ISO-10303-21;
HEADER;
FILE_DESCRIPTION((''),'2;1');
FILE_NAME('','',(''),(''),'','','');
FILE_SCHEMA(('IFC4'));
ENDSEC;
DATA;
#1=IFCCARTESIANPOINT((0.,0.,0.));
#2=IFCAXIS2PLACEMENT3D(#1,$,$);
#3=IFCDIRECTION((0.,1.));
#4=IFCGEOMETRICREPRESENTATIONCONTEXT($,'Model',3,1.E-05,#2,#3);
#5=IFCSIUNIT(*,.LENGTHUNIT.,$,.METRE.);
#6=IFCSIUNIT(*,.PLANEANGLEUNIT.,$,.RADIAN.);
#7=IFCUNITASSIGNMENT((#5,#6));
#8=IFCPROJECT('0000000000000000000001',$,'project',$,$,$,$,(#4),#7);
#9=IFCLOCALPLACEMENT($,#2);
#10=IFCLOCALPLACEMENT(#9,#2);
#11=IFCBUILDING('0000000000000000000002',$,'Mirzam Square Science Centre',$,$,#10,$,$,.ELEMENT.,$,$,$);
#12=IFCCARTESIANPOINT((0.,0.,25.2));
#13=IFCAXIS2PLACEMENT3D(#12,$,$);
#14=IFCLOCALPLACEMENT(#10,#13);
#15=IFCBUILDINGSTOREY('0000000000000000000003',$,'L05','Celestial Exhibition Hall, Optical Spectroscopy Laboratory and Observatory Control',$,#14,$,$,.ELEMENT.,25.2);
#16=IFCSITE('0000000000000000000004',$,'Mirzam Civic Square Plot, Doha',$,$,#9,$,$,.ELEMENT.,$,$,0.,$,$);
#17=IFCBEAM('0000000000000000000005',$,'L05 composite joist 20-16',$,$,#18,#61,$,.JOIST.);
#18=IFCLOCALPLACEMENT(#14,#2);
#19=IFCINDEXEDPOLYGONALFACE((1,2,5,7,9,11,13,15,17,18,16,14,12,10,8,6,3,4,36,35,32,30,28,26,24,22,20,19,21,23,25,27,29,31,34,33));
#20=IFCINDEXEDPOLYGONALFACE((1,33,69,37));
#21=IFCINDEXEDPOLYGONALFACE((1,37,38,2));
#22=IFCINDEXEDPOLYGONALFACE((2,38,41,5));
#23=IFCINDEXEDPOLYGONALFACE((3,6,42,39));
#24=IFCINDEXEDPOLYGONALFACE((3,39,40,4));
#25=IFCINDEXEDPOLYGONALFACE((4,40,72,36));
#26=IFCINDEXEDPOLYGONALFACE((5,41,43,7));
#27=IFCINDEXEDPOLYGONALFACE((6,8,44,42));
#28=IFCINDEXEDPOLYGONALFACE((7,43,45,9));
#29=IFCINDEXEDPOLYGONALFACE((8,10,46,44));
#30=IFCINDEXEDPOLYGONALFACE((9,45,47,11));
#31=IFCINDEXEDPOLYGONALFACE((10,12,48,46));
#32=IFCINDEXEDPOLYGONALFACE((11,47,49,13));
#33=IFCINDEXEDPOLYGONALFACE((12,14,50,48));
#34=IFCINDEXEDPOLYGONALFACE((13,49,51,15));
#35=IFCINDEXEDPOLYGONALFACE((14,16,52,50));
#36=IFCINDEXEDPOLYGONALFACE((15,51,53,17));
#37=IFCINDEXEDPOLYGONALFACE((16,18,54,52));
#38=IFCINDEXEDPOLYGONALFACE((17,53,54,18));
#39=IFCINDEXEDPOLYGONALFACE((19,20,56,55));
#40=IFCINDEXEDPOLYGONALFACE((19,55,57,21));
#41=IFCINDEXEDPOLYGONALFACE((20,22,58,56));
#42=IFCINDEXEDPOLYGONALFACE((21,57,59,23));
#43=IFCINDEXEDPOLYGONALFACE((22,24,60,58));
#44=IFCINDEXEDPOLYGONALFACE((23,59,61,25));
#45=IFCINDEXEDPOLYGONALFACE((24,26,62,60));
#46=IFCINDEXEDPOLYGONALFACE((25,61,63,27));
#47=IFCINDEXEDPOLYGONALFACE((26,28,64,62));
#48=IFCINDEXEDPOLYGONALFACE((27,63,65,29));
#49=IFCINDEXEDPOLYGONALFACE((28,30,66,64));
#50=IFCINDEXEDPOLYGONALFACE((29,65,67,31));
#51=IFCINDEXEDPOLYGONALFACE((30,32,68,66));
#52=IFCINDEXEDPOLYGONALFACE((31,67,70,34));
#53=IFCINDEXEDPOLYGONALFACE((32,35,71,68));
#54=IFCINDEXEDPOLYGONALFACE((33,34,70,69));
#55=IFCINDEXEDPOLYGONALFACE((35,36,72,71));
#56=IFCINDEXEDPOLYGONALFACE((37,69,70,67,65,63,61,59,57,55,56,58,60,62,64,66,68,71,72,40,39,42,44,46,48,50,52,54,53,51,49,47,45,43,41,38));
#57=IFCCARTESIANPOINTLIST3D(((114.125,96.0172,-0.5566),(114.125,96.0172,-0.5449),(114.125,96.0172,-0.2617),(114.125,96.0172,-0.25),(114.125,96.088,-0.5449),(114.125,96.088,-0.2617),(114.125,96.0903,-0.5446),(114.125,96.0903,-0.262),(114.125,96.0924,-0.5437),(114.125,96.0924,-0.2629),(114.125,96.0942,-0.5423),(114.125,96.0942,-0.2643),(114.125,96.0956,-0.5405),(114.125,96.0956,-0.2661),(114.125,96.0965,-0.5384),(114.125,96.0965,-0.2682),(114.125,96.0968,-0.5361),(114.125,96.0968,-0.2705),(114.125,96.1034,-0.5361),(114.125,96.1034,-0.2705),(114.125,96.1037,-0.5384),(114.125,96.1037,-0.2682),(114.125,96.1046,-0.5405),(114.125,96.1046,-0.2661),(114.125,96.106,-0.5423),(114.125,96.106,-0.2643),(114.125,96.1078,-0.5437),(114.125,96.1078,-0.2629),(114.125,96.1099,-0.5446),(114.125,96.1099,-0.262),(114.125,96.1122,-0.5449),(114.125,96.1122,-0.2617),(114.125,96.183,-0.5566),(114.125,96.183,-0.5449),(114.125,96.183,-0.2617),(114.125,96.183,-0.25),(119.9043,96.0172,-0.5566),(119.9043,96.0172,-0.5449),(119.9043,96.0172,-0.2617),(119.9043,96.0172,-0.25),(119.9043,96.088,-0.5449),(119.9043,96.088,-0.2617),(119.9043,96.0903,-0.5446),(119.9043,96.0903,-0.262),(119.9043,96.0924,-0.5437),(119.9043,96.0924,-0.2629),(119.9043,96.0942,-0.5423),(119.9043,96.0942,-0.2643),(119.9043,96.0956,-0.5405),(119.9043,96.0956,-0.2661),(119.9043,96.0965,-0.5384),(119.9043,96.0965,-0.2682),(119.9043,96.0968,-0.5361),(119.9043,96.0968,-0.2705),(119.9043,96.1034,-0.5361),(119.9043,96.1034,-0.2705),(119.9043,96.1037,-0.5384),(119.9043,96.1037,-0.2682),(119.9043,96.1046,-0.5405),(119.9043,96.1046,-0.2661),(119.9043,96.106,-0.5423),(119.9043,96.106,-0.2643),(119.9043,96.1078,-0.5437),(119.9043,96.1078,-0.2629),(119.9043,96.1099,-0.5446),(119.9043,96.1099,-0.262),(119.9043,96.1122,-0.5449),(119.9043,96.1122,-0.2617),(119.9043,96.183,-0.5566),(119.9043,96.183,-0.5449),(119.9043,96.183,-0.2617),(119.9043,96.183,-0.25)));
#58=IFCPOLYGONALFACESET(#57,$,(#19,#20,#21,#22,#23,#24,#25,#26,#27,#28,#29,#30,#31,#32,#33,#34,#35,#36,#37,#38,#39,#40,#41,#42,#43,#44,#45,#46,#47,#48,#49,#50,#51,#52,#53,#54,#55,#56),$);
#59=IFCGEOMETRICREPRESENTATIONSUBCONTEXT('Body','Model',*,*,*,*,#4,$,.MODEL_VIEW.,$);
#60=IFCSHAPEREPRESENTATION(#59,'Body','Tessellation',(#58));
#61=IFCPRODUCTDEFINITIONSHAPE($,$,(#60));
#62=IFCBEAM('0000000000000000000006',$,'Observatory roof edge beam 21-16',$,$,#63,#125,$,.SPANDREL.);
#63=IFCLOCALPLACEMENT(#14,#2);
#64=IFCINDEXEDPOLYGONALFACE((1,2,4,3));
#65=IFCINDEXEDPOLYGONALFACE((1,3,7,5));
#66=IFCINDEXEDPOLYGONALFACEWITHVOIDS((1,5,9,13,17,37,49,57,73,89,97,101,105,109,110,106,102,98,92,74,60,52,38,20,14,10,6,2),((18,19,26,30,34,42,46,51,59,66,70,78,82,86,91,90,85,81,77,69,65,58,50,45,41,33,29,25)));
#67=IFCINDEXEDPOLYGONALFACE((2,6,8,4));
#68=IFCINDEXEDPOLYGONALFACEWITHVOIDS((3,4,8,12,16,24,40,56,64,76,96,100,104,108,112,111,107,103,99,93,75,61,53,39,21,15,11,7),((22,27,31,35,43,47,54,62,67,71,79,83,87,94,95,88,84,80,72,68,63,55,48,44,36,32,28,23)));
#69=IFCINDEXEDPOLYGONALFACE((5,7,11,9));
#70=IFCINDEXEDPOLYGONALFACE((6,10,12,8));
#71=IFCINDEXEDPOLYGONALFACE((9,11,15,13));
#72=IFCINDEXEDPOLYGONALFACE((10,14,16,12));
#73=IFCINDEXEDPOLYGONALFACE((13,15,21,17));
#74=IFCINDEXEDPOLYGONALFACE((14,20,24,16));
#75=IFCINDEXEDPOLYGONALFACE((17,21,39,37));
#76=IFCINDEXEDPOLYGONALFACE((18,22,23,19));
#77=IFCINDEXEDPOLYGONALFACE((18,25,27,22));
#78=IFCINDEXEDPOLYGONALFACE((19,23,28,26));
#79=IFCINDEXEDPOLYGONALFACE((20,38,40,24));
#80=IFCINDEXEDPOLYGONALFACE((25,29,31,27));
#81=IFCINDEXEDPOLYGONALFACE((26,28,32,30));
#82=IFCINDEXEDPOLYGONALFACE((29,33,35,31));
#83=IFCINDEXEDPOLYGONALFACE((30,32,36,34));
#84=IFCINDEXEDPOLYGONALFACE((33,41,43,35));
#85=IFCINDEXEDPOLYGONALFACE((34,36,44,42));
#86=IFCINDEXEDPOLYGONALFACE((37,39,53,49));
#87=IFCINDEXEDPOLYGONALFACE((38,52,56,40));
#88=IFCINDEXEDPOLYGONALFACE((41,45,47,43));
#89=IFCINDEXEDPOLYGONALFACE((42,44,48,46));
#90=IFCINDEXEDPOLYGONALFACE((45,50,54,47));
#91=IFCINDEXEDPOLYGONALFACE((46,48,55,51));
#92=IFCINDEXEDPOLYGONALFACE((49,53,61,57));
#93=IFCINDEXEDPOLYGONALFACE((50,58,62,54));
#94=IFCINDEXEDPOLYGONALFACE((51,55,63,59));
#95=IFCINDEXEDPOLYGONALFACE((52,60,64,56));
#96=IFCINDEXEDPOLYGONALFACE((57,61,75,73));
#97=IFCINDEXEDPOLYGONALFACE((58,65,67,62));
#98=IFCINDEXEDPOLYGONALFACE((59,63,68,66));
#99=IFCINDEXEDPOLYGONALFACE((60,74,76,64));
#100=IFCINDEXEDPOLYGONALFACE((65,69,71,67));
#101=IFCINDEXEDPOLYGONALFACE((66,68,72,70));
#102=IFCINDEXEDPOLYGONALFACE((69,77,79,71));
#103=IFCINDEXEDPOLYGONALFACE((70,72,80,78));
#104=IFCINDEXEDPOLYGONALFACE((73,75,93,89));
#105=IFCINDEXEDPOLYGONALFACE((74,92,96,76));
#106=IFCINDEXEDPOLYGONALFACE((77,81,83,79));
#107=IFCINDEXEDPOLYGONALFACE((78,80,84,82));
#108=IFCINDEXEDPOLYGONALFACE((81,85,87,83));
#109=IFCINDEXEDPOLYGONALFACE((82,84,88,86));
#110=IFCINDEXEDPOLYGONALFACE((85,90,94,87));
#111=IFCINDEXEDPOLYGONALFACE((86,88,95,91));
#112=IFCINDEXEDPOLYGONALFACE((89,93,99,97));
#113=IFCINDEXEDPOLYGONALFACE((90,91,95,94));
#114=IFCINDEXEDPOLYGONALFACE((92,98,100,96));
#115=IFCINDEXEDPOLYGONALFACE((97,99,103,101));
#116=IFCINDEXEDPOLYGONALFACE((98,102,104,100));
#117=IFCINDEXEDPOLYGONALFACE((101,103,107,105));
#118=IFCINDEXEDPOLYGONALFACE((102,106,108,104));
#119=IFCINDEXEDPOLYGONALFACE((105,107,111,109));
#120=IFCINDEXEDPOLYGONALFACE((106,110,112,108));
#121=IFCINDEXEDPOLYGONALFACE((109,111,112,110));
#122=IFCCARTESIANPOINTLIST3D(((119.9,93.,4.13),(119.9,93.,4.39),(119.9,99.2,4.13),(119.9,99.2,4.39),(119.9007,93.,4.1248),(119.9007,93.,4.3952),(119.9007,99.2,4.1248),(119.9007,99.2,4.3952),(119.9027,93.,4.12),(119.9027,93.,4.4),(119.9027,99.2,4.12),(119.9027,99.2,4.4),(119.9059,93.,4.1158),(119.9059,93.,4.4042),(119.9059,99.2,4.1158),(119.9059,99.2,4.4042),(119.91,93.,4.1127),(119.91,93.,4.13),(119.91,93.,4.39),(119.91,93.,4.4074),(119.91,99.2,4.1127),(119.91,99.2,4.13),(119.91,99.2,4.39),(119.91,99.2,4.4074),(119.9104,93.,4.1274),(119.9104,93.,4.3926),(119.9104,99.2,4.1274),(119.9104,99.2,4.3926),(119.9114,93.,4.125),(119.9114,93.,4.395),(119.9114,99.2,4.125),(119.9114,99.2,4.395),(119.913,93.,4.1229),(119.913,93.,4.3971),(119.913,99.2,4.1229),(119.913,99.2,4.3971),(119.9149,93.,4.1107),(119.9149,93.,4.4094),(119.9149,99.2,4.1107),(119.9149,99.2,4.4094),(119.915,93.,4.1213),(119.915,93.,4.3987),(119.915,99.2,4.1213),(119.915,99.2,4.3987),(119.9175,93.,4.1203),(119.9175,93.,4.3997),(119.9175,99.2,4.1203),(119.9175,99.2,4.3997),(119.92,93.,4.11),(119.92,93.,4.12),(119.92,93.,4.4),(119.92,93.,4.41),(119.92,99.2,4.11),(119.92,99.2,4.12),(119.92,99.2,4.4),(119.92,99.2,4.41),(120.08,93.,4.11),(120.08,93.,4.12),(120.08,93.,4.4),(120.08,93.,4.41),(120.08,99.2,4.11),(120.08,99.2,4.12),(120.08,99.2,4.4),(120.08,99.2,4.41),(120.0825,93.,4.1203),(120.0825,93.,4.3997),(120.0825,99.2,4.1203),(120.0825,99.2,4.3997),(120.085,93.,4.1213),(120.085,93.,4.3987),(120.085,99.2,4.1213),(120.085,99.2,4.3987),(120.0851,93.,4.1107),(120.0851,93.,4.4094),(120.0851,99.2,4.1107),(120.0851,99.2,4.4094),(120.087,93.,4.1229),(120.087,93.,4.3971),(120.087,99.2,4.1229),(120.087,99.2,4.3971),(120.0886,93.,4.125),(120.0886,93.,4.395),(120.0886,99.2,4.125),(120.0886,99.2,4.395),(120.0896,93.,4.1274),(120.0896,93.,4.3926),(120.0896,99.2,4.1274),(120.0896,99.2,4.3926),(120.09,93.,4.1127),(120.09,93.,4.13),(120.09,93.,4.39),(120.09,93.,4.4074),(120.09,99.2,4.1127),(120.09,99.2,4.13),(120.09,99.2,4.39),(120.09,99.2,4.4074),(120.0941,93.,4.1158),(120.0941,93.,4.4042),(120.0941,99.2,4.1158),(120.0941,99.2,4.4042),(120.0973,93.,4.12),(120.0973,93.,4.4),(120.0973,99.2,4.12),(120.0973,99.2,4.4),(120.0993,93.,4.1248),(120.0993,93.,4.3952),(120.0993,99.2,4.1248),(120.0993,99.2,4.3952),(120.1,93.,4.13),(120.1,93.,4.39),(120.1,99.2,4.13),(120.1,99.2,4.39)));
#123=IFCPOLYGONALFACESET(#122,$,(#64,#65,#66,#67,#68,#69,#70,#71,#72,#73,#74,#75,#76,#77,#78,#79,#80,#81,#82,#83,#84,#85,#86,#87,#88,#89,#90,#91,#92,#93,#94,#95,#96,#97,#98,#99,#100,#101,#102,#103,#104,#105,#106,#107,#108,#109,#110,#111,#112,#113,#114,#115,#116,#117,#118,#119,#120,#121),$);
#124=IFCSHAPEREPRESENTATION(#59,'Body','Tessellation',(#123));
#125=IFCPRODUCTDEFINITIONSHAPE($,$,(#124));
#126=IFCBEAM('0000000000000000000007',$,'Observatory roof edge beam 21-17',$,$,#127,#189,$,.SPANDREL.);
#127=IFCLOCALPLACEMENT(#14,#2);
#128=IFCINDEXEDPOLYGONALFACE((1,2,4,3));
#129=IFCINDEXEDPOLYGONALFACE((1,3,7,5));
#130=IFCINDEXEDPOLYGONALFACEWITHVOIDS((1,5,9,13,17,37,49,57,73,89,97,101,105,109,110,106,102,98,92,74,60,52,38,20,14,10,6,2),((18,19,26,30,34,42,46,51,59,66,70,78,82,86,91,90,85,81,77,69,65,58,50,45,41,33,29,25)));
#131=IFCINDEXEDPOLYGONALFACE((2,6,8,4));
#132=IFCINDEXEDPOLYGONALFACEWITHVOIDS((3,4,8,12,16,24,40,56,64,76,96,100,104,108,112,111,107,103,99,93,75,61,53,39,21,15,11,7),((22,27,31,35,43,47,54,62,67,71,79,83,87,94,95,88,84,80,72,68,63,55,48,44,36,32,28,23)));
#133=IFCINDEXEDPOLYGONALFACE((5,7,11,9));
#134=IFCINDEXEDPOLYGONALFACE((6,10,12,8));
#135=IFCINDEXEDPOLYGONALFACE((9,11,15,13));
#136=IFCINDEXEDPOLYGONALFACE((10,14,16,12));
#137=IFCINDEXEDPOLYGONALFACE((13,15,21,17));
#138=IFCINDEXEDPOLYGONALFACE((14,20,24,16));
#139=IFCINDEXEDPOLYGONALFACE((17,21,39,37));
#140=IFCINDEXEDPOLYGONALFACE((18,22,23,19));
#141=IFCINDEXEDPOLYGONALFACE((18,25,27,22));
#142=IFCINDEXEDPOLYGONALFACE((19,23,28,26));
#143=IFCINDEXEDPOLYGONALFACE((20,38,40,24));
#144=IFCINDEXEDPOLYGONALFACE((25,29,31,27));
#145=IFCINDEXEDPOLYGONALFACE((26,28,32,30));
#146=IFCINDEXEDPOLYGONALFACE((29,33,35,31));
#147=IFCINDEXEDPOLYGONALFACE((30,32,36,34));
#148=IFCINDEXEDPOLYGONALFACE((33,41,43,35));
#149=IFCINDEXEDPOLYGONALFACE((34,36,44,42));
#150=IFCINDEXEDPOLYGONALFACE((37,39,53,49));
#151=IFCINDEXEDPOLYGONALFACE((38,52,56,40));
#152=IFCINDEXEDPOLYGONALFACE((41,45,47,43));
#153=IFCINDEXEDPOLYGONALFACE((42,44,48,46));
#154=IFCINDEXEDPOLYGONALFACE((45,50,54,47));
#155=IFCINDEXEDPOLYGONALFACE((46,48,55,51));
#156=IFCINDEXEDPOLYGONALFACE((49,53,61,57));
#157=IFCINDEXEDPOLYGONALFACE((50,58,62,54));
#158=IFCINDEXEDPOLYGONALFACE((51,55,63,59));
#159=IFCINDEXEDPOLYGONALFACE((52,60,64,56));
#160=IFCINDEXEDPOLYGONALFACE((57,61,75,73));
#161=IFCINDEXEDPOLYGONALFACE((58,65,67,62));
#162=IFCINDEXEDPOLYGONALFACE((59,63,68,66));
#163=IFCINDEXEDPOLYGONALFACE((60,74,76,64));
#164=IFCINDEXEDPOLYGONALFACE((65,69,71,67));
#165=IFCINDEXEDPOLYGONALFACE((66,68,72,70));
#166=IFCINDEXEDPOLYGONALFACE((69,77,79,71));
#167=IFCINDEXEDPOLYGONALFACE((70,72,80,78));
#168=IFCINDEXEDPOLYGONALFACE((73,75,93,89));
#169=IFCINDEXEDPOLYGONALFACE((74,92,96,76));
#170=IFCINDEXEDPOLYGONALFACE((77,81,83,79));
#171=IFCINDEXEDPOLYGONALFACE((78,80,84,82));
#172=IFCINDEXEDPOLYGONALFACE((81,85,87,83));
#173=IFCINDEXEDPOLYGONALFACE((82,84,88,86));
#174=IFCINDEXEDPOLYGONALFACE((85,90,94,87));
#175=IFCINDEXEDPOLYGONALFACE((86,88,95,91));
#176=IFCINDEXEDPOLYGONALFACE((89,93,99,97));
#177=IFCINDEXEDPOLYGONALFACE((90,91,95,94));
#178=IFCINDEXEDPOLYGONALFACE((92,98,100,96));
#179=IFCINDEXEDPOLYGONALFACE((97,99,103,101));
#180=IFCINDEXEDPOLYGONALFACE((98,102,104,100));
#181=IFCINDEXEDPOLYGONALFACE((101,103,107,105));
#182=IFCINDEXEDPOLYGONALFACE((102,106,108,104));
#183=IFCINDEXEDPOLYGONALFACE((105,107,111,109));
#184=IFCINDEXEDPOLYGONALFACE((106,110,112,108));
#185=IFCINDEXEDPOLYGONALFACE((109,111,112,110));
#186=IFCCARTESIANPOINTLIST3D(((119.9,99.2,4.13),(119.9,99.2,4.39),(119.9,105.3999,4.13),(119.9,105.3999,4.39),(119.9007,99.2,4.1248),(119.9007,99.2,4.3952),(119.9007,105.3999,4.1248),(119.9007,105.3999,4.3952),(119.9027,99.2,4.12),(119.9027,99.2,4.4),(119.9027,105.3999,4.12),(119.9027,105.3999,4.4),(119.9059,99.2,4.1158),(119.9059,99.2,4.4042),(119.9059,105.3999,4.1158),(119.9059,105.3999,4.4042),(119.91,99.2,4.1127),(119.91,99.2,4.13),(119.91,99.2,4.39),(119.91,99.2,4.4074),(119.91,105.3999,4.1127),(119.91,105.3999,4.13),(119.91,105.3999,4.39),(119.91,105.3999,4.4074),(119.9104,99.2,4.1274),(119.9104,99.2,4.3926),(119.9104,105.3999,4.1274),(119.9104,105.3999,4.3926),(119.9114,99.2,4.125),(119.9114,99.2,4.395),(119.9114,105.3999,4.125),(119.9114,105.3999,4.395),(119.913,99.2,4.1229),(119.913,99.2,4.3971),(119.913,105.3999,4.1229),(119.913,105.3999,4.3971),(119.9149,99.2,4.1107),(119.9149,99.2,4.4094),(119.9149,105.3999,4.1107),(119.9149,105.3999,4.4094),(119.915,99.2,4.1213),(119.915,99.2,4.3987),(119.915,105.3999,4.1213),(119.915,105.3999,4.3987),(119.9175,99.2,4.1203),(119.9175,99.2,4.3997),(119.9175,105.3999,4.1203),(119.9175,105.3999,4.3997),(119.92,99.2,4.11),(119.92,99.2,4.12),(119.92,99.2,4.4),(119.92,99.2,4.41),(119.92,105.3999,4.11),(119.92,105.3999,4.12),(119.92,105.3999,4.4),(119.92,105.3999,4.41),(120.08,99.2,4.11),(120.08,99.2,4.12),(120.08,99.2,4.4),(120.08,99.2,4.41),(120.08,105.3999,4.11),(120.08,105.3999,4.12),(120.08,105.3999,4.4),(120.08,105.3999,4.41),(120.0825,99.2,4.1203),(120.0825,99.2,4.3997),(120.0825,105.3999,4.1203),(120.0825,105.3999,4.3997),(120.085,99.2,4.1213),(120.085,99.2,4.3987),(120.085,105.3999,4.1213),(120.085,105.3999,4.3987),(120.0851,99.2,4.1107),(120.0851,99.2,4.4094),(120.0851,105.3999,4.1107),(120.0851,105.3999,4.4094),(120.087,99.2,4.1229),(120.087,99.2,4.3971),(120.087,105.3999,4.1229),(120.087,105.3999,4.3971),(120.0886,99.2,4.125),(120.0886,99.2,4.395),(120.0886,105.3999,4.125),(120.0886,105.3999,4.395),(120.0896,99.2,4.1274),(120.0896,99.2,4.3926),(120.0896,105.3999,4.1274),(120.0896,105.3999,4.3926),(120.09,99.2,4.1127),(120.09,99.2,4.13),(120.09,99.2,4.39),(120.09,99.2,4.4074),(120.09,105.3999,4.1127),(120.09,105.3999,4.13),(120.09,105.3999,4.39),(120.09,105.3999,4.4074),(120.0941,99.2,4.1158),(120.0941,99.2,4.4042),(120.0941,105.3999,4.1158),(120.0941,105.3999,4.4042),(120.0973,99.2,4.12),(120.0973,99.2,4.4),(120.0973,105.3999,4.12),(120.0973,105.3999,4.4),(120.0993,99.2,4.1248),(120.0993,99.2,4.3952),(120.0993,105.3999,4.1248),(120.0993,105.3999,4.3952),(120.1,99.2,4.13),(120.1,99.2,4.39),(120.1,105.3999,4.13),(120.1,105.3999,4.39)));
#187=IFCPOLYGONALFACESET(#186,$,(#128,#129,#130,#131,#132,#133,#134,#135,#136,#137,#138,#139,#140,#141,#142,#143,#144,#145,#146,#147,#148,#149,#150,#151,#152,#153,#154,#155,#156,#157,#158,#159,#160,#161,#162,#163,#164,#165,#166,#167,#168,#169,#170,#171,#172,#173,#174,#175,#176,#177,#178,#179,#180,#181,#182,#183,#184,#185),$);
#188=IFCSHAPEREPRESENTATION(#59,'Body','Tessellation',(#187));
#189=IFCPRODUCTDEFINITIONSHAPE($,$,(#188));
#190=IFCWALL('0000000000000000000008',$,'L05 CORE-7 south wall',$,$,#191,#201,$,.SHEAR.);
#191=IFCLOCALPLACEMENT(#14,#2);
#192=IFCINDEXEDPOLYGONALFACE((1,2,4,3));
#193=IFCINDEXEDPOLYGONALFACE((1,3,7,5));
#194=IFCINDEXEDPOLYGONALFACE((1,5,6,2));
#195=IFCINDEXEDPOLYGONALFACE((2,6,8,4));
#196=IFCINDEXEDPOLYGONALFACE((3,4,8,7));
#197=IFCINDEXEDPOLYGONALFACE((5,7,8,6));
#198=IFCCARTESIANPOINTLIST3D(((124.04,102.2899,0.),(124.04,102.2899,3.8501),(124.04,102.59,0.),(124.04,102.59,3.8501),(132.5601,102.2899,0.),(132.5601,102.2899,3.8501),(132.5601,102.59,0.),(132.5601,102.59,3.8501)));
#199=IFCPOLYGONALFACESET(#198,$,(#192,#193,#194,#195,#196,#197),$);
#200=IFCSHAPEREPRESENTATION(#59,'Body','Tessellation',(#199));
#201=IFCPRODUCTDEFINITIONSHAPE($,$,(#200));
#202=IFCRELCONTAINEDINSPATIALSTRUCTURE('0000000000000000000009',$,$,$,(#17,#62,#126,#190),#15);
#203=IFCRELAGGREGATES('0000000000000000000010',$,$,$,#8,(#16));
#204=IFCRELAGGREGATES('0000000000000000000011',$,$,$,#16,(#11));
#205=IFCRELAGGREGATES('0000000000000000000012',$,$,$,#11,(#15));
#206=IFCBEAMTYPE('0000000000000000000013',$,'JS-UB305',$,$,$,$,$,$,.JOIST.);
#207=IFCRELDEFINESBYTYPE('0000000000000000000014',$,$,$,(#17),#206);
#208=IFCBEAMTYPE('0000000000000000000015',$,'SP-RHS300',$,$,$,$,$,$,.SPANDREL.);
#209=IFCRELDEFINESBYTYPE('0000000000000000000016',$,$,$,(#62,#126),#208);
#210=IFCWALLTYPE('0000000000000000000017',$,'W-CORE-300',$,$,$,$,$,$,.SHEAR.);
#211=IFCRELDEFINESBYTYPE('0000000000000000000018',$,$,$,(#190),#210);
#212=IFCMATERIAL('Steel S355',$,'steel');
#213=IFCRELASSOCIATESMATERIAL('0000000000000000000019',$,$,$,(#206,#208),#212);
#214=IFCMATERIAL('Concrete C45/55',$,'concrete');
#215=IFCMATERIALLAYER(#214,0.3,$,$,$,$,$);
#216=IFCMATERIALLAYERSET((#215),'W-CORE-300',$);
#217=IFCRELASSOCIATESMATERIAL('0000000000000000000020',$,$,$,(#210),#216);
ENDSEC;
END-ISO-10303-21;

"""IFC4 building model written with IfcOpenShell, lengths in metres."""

from ifc_helpers import new_model, si_unit, direction, frame, frame_2d, origin, origin_2d, place, context, subcontext, project, spatial, rectangle, hollow_rectangle, i_section, extrude, material, layer, layer_set, material_profile, profile_set, type_object, element, save


model = new_model("IFC4")

# Units and contexts
model_context = context("Model", 3, precision=1e-05, world=origin(), true_north=direction((0.0, 1.0)))
body_context = subcontext(model_context, "Body", "Model", "MODEL_VIEW")
ifc_project = project(units=[si_unit("LENGTHUNIT", "METRE"), si_unit("PLANEANGLEUNIT", "RADIAN")], contexts=[model_context])

# Site, building, storey
site_placement = place(None, origin())
site = spatial("IfcSite", under=ifc_project, at=site_placement, Name="Mirzam Civic Square Plot, Doha", CompositionType="ELEMENT", RefElevation=0.0)
building_placement = place(site_placement, origin())
building = spatial("IfcBuilding", under=site, at=building_placement, Name="Mirzam Square Science Centre", CompositionType="ELEMENT")
storey_placement = place(building_placement, frame((0.0, 0.0, 25.2)))
storey = spatial("IfcBuildingStorey", under=building, at=storey_placement, Name="L05", Description="Celestial Exhibition Hall, Optical Spectroscopy Laboratory and Observatory Control", CompositionType="ELEMENT", Elevation=25.2)

# Shared definitions
ifc_material_1 = material(Name="Steel S355", Category="steel")

# Beams
ifc_material_profile_1 = material_profile(ifc_material_1, i_section(OverallWidth=0.1658, OverallDepth=0.3066, WebThickness=0.0066, FlangeThickness=0.0117, FilletRadius=0.0088, at=origin_2d()), Name="305x165x46UB")
ifc_profile_set_1 = profile_set([ifc_material_profile_1], Name="Steel S355")
beam_type_1 = type_object("IfcBeamType", Name="JS-UB305", PredefinedType="JOIST", material=ifc_profile_set_1)
beam_1_placement = place(storey_placement, frame((114.125, 96.1001, -0.4033), z_axis=(1.0, 0.0, 0.0), x_axis=(0.0, 1.0, 0.0)))
element("IfcBeam", 1, at=beam_1_placement, inside=storey, type_object=beam_type_1, Name="L05 composite joist 20-16", PredefinedType="JOIST", context=body_context, shape_type="SweptSolid", body=[
    extrude(i_section(OverallWidth=0.1658, OverallDepth=0.3066, WebThickness=0.0066, FlangeThickness=0.0117, FilletRadius=0.0088, at=origin_2d()), origin(), (0.0, 0.0, 1.0), 5.7793),
])
ifc_material_profile_2 = material_profile(ifc_material_1, hollow_rectangle(XDim=0.2, YDim=0.3, WallThickness=0.01, InnerFilletRadius=0.01, OuterFilletRadius=0.02, at=origin_2d()), Name="300x200x10.0RHS")
ifc_profile_set_2 = profile_set([ifc_material_profile_2], Name="Steel S355")
beam_type_2 = type_object("IfcBeamType", Name="SP-RHS300", PredefinedType="SPANDREL", material=ifc_profile_set_2)
for number, where, z_axis, x_axis, name in (
    (2, (120.0, 93.0, 4.26), (0.0, 1.0, 0.0), (-1.0, 0.0, 0.0), "Observatory roof edge beam 21-16"),
    (3, (120.0, 99.2, 4.26), (0.0, 1.0, 0.0), (-1.0, 0.0, 0.0), "Observatory roof edge beam 21-17"),
):
    element("IfcBeam", number, at=place(storey_placement, frame(where, z_axis=z_axis, x_axis=x_axis)), inside=storey, type_object=beam_type_2, Name=name, PredefinedType="SPANDREL", context=body_context, shape_type="SweptSolid", body=[
        extrude(hollow_rectangle(XDim=0.2, YDim=0.3, WallThickness=0.01, InnerFilletRadius=0.01, OuterFilletRadius=0.02, at=origin_2d()), origin(), (0.0, 0.0, 1.0), 6.2),
    ])

# Wall
ifc_material_2 = material(Name="Concrete C45/55", Category="concrete")
ifc_layer_1 = layer(ifc_material_2, 0.3)
ifc_layer_set_1 = layer_set([ifc_layer_1], Name="W-CORE-300")
wall_type_1 = type_object("IfcWallType", Name="W-CORE-300", PredefinedType="SHEAR", material=ifc_layer_set_1)
wall_1_placement = place(storey_placement, frame((124.04, 102.4399, 0.0), z_axis=(0.0, 0.0, 1.0), x_axis=(1.0, 0.0, 0.0)))
element("IfcWall", 4, at=wall_1_placement, inside=storey, type_object=wall_type_1, Name="L05 CORE-7 south wall", PredefinedType="SHEAR", context=body_context, shape_type="SweptSolid", body=[
    extrude(rectangle(XDim=8.52, YDim=0.3, at=frame_2d((4.26, 0.0))), origin(), (0.0, 0.0, 1.0), 3.8501),
])

save(model, "model.ifc")
